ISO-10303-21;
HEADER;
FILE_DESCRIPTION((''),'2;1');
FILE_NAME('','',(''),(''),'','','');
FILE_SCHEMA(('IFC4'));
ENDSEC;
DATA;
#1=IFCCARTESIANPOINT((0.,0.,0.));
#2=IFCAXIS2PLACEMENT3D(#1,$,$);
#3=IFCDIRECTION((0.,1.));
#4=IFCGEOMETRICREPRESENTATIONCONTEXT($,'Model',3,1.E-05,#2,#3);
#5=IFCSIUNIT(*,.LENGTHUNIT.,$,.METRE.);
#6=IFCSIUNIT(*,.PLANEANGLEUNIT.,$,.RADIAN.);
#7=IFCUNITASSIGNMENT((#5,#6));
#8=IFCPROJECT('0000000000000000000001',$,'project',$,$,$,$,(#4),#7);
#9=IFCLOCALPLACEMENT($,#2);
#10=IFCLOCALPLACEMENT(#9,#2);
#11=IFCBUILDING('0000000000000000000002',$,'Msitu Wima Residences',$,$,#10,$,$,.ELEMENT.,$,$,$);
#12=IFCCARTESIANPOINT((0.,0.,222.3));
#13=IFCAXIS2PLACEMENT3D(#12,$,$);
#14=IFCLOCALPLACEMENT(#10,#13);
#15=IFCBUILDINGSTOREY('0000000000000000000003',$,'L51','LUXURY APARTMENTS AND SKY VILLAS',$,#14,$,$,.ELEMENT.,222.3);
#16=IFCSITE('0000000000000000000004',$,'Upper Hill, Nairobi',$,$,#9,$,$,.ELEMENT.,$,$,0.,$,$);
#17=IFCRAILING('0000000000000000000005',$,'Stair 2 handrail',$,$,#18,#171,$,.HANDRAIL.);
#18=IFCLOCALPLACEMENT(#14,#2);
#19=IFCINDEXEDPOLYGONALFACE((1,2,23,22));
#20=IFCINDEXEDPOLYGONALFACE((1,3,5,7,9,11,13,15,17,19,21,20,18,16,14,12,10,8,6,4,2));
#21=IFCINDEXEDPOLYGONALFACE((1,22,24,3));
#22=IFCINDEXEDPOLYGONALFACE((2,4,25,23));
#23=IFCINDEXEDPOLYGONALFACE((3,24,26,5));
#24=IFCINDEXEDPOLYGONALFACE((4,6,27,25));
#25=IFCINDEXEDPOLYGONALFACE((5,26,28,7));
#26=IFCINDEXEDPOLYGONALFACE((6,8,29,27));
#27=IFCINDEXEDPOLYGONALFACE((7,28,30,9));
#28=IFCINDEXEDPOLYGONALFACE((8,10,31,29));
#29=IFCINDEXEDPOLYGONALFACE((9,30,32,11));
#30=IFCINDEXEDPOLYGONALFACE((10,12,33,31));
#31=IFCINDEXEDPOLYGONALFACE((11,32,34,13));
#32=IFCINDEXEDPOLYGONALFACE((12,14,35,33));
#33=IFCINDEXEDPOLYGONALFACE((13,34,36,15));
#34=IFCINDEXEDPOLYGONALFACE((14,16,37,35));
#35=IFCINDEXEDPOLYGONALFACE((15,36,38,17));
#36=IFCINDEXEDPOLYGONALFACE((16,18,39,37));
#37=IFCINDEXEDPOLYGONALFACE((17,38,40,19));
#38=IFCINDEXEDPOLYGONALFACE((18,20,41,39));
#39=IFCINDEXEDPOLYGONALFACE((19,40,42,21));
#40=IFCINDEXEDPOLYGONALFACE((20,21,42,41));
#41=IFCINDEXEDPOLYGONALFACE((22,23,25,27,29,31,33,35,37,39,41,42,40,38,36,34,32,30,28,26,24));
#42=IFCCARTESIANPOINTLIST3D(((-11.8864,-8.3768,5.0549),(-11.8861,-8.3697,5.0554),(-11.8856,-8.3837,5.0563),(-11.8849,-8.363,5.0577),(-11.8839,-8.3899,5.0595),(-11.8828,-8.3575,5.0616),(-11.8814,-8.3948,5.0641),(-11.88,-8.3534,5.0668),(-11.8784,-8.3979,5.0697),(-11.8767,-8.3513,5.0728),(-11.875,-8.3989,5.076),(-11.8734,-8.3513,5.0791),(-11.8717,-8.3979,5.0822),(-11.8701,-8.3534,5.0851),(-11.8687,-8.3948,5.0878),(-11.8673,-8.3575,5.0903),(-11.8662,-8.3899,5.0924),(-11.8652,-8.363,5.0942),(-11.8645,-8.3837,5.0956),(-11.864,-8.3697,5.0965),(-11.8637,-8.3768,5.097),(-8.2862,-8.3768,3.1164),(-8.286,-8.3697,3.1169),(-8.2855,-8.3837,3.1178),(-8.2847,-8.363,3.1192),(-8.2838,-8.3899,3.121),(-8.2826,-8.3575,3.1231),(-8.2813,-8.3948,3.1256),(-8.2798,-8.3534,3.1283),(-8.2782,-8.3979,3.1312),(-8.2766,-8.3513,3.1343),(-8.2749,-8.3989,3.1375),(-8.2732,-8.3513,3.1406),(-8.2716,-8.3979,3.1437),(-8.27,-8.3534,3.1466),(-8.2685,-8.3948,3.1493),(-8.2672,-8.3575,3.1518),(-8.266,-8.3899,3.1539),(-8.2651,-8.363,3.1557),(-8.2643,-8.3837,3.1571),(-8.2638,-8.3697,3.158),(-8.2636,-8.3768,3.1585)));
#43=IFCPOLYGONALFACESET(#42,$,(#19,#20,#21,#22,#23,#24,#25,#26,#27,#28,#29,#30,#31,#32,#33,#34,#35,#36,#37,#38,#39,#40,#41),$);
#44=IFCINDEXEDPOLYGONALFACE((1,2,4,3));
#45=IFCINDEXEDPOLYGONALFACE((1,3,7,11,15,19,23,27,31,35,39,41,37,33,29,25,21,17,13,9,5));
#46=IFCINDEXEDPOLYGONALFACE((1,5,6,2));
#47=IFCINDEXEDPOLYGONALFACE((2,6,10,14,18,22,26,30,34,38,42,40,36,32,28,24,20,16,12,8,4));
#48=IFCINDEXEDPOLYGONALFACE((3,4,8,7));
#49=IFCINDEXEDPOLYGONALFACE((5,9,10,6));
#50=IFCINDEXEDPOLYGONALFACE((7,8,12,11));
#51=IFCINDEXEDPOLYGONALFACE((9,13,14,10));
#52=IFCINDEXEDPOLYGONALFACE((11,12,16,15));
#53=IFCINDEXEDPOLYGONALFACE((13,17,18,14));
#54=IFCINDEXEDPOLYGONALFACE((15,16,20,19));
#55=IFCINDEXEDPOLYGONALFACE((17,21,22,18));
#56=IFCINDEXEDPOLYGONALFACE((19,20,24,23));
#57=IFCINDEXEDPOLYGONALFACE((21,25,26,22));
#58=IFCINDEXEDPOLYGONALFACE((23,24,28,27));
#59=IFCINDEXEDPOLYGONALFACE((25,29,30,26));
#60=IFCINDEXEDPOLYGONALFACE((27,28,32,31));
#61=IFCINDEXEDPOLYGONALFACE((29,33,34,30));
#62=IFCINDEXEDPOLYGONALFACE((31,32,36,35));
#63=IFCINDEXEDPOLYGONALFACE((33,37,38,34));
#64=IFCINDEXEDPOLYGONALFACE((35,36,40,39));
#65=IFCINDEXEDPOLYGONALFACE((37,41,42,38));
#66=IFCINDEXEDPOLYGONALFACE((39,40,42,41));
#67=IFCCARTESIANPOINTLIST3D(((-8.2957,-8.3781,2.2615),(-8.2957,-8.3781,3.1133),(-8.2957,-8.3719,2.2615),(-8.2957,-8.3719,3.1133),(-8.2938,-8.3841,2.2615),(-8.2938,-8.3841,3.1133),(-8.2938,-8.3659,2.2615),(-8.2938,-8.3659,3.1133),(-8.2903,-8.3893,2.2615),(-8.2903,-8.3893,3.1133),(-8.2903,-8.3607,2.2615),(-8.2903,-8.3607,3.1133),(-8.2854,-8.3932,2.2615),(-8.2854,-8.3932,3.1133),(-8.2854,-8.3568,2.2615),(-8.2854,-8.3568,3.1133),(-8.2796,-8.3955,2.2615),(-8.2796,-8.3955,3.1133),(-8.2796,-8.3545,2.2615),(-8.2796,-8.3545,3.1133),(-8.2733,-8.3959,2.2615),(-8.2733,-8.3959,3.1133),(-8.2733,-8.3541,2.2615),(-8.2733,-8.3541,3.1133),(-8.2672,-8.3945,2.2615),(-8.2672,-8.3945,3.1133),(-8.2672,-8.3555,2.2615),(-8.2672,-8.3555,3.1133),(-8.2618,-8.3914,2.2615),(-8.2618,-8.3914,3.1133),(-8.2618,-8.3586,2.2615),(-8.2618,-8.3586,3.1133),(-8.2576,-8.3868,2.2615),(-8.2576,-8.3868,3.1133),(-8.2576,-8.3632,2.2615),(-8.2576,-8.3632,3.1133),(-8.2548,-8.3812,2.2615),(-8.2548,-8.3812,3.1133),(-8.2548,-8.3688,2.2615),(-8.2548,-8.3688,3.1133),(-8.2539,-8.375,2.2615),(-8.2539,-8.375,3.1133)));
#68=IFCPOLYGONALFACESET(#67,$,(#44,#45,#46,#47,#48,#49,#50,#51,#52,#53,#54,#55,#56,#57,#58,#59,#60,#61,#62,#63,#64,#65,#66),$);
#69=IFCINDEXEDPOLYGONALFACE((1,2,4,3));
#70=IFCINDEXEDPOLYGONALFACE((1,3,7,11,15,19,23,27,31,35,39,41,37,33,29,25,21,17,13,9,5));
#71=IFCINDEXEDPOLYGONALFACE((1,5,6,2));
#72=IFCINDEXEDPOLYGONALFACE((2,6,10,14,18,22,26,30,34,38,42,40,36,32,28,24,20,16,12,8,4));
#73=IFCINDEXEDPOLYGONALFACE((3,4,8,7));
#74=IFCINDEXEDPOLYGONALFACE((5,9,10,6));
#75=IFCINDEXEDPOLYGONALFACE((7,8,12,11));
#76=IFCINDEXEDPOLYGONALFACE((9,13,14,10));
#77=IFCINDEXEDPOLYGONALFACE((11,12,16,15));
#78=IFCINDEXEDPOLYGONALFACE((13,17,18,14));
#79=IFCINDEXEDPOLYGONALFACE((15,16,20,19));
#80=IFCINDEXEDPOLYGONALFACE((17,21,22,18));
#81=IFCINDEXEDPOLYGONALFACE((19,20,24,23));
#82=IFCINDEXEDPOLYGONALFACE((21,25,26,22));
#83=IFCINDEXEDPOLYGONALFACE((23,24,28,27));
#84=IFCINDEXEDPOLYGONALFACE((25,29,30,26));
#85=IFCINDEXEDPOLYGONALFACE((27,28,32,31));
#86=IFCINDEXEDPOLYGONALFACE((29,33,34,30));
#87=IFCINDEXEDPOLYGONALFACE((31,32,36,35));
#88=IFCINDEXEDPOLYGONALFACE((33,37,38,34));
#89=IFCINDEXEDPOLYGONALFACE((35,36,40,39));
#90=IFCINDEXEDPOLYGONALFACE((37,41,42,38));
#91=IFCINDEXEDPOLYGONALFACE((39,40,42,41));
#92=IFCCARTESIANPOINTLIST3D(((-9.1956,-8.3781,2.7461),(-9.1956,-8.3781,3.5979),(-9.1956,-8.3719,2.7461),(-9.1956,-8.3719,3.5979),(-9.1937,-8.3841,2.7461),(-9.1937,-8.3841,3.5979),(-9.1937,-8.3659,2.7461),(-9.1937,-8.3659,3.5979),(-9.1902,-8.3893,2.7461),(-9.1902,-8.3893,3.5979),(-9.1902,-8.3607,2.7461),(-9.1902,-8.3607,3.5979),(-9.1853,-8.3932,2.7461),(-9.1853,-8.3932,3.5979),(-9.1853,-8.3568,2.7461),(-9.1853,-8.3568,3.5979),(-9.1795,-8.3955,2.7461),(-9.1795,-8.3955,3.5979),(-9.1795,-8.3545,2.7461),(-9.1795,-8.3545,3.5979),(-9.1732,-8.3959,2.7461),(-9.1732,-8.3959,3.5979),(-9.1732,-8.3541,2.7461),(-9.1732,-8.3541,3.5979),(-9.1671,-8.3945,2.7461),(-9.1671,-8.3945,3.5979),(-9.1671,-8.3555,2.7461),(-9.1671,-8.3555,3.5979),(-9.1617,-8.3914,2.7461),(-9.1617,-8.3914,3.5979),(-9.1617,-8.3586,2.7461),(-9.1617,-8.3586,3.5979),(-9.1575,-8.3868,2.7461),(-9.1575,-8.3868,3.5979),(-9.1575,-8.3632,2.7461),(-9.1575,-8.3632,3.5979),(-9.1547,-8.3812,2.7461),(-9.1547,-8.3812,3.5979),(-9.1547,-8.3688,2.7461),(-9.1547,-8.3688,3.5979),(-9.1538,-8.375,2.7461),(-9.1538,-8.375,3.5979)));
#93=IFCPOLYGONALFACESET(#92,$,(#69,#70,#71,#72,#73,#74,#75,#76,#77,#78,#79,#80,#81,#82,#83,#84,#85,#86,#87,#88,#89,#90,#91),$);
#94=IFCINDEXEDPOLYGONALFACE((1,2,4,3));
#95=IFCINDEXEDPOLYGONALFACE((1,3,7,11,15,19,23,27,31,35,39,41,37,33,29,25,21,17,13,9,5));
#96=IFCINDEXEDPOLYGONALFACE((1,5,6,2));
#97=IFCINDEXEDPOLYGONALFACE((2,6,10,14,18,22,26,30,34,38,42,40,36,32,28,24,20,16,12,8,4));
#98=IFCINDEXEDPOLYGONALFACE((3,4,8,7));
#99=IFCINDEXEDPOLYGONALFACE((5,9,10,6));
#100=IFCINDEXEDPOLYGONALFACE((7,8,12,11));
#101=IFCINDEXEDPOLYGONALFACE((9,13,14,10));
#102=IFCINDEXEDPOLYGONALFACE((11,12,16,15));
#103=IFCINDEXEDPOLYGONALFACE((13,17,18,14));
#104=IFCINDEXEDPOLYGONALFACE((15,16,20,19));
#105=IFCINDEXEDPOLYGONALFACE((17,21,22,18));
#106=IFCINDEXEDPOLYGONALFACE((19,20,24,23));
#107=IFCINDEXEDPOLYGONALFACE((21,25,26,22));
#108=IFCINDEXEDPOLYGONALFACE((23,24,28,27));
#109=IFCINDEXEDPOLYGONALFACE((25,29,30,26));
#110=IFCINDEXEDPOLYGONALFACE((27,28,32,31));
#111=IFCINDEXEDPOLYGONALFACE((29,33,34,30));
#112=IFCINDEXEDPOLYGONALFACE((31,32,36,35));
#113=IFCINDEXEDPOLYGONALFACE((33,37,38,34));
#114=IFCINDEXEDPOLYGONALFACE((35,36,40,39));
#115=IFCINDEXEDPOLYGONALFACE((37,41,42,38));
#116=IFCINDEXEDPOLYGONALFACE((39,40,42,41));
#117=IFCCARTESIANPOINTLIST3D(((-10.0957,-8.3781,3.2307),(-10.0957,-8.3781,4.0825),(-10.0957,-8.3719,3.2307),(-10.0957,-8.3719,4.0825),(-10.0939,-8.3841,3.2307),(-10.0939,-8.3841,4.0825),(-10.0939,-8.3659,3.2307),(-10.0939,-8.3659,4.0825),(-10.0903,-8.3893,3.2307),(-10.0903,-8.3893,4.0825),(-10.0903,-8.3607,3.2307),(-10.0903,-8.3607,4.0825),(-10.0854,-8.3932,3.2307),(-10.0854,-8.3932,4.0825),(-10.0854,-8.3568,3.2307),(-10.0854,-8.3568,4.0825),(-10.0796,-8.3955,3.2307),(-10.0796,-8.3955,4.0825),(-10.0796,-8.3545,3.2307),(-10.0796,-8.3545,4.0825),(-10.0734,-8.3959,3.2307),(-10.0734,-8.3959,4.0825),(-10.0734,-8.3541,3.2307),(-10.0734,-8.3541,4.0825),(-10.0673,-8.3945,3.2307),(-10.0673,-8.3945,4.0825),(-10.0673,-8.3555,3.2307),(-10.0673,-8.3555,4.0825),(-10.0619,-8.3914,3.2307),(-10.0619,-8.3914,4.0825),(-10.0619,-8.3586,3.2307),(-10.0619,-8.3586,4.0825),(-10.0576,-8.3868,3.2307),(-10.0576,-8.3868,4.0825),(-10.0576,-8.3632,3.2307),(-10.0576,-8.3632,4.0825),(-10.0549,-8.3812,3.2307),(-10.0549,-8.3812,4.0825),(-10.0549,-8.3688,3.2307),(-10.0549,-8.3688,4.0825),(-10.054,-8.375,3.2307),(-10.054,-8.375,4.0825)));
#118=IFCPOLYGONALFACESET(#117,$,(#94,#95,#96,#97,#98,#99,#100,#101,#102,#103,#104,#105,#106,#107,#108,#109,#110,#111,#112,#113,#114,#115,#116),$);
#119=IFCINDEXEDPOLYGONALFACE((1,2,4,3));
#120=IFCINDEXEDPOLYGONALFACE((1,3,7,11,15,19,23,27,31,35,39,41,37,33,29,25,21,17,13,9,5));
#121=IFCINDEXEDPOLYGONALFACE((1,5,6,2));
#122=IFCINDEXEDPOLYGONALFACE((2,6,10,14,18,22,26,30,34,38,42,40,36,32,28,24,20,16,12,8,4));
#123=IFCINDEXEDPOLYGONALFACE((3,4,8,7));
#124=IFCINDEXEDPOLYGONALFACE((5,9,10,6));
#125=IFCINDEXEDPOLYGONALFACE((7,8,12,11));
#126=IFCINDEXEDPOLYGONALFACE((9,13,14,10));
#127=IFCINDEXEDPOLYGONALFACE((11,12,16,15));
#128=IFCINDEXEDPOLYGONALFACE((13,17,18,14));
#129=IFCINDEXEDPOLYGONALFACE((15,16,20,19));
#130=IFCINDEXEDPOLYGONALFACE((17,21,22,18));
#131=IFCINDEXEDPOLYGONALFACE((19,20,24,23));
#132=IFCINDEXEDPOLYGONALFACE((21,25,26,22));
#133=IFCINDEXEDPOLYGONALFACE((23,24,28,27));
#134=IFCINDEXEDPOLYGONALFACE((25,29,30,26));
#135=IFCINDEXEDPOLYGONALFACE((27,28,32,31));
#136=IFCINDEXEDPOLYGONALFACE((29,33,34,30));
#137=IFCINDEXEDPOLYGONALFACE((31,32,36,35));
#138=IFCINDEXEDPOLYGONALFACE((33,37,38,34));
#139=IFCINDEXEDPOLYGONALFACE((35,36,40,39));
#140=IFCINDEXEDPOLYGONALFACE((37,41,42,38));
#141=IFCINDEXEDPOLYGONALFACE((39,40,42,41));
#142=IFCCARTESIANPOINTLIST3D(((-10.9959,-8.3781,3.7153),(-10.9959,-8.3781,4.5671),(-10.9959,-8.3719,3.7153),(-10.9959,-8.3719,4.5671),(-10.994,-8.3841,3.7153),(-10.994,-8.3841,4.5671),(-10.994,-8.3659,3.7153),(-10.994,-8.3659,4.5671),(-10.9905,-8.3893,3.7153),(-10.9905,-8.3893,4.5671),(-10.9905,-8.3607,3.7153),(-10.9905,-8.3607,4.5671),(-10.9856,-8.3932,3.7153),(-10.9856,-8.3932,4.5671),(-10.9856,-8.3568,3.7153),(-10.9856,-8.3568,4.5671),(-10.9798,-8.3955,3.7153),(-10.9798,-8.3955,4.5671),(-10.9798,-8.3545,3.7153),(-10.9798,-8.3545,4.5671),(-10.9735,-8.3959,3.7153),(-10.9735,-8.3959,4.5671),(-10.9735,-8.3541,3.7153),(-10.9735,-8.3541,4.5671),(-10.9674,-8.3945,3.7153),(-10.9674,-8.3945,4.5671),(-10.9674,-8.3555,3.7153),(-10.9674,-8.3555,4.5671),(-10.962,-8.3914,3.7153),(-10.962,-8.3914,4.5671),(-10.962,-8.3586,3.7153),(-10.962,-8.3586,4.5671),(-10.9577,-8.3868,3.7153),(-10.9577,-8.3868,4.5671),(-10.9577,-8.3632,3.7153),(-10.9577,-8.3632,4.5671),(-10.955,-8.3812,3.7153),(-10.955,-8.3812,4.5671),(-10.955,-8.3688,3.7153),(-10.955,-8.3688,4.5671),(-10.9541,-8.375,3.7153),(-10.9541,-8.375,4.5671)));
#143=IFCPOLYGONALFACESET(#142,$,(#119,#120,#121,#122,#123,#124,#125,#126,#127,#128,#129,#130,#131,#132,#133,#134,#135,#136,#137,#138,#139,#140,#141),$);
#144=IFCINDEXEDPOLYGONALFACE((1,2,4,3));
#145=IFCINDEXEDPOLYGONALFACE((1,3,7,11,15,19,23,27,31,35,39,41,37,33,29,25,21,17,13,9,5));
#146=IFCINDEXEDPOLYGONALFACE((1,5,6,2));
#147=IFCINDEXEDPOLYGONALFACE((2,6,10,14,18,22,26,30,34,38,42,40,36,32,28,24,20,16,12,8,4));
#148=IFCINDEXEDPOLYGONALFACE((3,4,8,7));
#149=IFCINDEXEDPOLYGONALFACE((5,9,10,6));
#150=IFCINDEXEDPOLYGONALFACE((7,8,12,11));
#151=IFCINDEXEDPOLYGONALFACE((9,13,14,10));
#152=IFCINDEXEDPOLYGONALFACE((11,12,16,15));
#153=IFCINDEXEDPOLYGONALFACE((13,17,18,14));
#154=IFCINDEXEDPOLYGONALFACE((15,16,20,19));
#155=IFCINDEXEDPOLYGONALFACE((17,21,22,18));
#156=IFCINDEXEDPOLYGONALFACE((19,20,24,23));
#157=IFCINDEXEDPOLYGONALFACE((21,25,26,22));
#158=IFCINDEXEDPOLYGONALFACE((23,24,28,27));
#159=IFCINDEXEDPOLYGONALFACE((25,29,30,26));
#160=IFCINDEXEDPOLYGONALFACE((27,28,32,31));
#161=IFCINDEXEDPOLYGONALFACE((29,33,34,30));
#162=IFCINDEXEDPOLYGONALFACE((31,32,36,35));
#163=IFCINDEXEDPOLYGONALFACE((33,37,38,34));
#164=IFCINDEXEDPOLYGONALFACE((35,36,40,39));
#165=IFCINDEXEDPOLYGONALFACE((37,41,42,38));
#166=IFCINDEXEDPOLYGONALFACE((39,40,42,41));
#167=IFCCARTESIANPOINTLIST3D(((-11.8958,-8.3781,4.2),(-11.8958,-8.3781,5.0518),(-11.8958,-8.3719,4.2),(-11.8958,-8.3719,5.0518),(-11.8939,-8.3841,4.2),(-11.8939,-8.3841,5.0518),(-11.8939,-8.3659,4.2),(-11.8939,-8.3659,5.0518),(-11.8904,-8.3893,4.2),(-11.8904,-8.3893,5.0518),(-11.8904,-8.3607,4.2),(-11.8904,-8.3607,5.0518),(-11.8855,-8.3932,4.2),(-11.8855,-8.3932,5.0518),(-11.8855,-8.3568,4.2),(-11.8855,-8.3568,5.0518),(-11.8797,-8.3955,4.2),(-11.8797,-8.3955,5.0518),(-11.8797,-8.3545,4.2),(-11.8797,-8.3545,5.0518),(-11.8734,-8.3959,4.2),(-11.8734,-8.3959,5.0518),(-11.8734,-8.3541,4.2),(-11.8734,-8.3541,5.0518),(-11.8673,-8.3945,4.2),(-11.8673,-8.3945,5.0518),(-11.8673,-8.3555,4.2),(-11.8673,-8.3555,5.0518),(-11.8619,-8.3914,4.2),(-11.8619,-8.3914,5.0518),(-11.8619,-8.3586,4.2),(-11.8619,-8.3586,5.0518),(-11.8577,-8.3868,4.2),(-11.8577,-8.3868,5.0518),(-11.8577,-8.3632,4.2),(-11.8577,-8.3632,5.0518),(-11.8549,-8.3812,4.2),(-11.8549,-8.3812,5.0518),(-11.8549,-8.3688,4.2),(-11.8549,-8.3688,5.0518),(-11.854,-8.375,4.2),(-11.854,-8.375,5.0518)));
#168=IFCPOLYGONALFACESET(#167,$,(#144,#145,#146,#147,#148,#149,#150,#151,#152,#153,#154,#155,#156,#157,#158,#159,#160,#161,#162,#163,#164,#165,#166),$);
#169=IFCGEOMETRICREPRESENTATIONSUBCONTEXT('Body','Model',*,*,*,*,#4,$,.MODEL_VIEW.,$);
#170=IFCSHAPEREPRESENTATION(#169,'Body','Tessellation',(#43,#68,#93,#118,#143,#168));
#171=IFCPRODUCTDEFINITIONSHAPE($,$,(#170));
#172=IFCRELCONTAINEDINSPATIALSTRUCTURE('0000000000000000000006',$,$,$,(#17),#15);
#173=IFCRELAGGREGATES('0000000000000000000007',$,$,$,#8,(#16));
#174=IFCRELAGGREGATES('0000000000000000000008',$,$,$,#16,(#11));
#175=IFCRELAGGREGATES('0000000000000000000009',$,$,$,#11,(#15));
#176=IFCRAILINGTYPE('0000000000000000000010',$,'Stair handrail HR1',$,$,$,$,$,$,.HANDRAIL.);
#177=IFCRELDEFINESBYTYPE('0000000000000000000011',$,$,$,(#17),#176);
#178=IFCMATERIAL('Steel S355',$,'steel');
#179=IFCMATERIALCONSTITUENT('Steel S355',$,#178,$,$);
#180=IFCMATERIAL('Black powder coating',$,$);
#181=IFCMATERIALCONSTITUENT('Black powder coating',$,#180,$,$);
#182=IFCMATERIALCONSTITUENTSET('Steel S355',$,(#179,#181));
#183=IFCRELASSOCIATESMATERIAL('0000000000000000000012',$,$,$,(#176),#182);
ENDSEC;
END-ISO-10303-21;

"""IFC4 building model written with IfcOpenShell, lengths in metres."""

from ifc_helpers import new_model, si_unit, direction, frame, origin, origin_2d, place, context, subcontext, project, spatial, circle, extrude, material, constituent, constituent_set, type_object, element, save


model = new_model("IFC4")

# Units and contexts
model_context = context("Model", 3, precision=1e-05, world=origin(), true_north=direction((0.0, 1.0)))
body_context = subcontext(model_context, "Body", "Model", "MODEL_VIEW")
ifc_project = project(units=[si_unit("LENGTHUNIT", "METRE"), si_unit("PLANEANGLEUNIT", "RADIAN")], contexts=[model_context])

# Site, building, storey
site_placement = place(None, origin())
site = spatial("IfcSite", under=ifc_project, at=site_placement, Name="Upper Hill, Nairobi", CompositionType="ELEMENT", RefElevation=0.0)
building_placement = place(site_placement, origin())
building = spatial("IfcBuilding", under=site, at=building_placement, Name="Msitu Wima Residences", CompositionType="ELEMENT")
storey_placement = place(building_placement, frame((0.0, 0.0, 222.3)))
storey = spatial("IfcBuildingStorey", under=building, at=storey_placement, Name="L51", Description="LUXURY APARTMENTS AND SKY VILLAS", CompositionType="ELEMENT", Elevation=222.3)

# Railing
ifc_material_1 = material(Name="Steel S355", Category="steel")
ifc_constituent_1 = constituent(ifc_material_1, Name="Steel S355")
ifc_material_2 = material(Name="Black powder coating")
ifc_constituent_2 = constituent(ifc_material_2, Name="Black powder coating")
ifc_constituent_set = constituent_set(constituents=[ifc_constituent_1, ifc_constituent_2], Name="Steel S355")
railing_type = type_object("IfcRailingType", Name="Stair handrail HR1", PredefinedType="HANDRAIL", material=ifc_constituent_set)
for number, where, name in (
    (1, (-8.2749, -8.375, 2.2615), "Stair 2 handrail"),
):
    element("IfcRailing", number, at=place(storey_placement, frame(where)), inside=storey, type_object=railing_type, Name=name, PredefinedType="HANDRAIL", context=body_context, shape_type="SweptSolid", body=[
        extrude(circle(Radius=0.0239, at=origin_2d()), frame((0.0, 0.0, 0.876), z_axis=(-0.880475, 0.0, 0.474093), x_axis=(0.0, -1.0, 0.0)), (0.0, 0.0, 1.0), 4.0889),
        extrude(circle(Radius=0.021, at=origin_2d()), origin(), (0.0, 0.0, 1.0), 0.8518),
        extrude(circle(Radius=0.021, at=origin_2d()), frame((-0.8999, 0.0, 0.4846)), (0.0, 0.0, 1.0), 0.8518),
        extrude(circle(Radius=0.021, at=origin_2d()), frame((-1.8, 0.0, 0.9692)), (0.0, 0.0, 1.0), 0.8518),
        extrude(circle(Radius=0.021, at=origin_2d()), frame((-2.7002, 0.0, 1.4539)), (0.0, 0.0, 1.0), 0.8518),
        extrude(circle(Radius=0.021, at=origin_2d()), frame((-3.6001, 0.0, 1.9385)), (0.0, 0.0, 1.0), 0.8518),
    ])

save(model, "model.ifc")
